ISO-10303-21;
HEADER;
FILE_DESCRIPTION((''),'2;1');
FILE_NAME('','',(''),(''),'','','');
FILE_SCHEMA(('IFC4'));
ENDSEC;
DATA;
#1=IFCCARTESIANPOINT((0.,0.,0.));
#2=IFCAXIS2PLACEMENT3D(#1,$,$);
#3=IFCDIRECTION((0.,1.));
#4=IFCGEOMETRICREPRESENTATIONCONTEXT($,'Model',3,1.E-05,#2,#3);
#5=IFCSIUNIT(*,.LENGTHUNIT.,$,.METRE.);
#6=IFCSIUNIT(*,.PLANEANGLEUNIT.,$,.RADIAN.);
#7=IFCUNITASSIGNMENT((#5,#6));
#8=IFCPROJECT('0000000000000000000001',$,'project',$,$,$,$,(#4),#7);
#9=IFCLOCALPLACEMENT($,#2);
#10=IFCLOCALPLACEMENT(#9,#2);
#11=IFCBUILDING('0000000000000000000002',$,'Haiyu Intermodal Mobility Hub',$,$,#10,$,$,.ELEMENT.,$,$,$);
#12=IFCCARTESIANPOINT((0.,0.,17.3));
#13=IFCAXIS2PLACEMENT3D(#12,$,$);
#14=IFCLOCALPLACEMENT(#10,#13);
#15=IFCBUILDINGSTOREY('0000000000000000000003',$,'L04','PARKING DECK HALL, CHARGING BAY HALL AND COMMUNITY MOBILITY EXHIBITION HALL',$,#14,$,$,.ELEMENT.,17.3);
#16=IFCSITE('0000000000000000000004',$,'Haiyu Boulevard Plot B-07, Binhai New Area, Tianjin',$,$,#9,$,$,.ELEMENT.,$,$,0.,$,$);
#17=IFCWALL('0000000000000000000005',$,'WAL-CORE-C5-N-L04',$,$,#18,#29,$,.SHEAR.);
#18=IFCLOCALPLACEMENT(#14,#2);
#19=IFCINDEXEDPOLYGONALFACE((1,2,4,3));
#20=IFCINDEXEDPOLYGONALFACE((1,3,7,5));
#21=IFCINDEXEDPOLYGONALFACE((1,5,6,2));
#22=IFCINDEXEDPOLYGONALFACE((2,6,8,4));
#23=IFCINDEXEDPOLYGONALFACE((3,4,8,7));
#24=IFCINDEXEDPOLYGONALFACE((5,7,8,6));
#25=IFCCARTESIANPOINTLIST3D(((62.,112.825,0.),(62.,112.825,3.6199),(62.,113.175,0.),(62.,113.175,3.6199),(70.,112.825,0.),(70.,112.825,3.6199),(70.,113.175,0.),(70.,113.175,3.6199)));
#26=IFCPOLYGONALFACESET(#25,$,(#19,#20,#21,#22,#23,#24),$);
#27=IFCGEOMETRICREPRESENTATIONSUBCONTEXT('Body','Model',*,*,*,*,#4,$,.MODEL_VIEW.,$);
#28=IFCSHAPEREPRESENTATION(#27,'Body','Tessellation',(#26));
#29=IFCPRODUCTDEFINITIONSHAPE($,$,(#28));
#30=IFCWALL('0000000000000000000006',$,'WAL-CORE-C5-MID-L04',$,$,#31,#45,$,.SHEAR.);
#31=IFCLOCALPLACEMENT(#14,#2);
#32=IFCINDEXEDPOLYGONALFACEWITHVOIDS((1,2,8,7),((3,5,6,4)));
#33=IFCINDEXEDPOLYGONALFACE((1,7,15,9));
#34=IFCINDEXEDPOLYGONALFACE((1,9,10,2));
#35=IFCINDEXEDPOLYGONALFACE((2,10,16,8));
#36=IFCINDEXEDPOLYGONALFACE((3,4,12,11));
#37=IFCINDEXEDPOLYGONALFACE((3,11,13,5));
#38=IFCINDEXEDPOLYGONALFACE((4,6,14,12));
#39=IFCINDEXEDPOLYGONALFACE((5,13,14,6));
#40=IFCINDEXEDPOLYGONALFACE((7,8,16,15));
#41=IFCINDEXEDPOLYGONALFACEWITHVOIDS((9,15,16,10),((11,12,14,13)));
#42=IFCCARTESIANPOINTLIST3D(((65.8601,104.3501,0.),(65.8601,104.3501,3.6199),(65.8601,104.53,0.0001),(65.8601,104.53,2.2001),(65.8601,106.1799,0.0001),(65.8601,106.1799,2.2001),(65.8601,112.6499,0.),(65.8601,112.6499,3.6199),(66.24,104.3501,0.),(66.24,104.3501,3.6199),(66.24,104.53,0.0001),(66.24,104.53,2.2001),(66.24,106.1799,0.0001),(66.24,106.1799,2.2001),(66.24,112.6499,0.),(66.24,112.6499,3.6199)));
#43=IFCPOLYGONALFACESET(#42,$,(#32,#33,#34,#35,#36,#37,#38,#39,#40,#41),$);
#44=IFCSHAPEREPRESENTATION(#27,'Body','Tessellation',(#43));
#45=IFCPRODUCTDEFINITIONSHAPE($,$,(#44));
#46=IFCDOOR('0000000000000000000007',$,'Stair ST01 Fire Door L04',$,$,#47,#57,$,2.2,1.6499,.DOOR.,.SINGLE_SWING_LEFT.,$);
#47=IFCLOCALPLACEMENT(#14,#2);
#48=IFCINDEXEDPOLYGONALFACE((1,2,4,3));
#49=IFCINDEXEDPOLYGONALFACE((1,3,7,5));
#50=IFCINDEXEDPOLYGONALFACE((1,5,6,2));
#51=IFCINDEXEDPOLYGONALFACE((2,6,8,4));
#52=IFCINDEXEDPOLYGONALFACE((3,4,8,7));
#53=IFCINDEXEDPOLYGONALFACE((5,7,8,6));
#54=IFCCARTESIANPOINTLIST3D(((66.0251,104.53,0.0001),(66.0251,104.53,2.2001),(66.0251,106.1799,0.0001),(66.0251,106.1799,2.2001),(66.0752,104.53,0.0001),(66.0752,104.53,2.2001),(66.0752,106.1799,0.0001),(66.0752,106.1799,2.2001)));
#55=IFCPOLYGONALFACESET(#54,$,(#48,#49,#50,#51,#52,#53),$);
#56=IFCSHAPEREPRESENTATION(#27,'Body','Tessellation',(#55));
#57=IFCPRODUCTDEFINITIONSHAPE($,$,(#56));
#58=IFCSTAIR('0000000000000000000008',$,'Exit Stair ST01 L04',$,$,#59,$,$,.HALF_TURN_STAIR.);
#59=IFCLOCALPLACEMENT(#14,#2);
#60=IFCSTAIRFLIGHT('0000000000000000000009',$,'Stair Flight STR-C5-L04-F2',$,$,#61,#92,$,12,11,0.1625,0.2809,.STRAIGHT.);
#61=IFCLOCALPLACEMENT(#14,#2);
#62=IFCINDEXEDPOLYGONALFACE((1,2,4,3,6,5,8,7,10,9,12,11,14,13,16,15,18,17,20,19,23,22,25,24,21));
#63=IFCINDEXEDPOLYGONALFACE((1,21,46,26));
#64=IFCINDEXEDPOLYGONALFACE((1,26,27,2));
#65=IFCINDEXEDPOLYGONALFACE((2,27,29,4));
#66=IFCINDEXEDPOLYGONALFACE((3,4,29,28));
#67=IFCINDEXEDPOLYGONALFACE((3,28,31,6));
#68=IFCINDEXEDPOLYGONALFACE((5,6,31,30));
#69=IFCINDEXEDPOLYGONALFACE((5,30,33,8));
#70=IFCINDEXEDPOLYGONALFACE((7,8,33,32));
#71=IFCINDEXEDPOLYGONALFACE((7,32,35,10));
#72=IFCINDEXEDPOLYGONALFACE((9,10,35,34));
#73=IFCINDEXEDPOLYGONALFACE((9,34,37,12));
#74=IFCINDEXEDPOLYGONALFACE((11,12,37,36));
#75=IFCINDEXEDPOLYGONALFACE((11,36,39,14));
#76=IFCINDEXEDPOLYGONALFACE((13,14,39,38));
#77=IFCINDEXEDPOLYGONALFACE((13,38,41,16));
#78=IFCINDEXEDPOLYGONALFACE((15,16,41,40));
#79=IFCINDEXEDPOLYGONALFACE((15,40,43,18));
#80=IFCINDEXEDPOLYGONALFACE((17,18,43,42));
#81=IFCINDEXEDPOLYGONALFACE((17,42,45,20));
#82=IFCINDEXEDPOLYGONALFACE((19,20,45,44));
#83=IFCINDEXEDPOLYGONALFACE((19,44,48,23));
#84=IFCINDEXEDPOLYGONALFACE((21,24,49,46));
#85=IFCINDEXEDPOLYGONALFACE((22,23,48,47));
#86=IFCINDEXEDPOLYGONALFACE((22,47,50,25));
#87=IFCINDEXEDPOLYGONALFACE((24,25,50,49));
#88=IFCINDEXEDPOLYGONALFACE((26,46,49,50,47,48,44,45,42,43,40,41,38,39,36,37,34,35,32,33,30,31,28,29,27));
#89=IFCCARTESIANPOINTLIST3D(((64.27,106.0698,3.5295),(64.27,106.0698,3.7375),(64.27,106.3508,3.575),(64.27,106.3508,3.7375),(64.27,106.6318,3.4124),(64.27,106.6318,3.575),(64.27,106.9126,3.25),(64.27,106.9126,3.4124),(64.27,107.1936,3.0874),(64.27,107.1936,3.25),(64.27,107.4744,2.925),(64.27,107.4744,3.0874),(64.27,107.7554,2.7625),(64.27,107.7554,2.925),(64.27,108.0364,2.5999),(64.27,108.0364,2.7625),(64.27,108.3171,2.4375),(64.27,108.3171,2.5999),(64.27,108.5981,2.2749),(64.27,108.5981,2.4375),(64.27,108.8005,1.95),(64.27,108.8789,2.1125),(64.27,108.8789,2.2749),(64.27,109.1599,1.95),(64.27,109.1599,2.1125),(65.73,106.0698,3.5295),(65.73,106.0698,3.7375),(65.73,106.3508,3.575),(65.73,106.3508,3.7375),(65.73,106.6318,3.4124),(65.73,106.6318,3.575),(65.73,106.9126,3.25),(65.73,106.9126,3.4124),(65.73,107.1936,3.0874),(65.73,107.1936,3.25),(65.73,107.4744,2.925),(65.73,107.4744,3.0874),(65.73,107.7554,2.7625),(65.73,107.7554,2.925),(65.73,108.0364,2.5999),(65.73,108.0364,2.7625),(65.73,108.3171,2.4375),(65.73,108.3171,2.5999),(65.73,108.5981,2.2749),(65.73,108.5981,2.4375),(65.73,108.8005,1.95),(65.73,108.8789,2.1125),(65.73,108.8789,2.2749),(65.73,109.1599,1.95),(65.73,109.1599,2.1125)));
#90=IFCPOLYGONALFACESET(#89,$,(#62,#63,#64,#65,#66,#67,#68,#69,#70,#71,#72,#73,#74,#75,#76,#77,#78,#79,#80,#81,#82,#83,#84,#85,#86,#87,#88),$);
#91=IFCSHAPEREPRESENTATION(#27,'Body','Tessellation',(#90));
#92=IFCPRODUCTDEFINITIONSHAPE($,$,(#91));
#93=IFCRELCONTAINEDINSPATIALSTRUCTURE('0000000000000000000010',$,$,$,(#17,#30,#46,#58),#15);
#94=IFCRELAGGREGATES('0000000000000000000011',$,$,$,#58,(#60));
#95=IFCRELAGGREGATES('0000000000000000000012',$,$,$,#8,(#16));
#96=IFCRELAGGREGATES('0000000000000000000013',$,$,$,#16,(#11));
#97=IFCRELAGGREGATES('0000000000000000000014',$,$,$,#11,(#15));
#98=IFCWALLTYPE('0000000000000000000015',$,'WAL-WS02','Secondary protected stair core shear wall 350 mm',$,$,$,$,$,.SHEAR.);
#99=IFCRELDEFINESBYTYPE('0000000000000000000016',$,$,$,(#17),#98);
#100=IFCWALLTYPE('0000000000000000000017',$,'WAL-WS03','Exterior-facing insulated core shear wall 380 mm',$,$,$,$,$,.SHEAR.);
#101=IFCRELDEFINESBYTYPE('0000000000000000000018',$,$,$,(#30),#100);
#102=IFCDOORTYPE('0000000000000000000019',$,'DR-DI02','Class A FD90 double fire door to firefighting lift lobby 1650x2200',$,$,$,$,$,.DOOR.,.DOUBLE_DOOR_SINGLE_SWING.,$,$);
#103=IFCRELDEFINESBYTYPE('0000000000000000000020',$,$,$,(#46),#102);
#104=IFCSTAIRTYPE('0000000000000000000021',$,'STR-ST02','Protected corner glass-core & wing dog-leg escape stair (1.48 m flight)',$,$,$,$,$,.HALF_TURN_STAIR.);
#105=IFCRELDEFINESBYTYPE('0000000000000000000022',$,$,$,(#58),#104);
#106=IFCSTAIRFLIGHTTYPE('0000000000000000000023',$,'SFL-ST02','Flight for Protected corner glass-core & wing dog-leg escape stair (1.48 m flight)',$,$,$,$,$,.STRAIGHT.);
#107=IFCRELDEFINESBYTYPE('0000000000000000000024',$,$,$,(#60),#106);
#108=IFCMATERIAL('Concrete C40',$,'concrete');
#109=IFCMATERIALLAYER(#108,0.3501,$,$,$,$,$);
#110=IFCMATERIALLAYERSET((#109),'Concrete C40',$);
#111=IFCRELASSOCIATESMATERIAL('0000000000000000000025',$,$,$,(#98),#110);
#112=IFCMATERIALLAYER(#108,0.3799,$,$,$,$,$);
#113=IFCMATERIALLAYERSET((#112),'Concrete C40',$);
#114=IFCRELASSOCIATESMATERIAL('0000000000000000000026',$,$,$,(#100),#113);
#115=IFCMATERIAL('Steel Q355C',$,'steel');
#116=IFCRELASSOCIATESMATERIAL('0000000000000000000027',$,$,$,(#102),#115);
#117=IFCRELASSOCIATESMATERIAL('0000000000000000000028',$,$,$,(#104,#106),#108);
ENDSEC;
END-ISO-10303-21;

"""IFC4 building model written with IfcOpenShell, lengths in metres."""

from ifc_helpers import new_model, si_unit, direction, frame, frame_2d, origin, place, context, subcontext, project, spatial, polyline, rectangle, outline, extrude, material, layer, layer_set, type_object, element, fill, aggregate, save


model = new_model("IFC4")

# Units and contexts
model_context = context("Model", 3, precision=1e-05, world=origin(), true_north=direction((0.0, 1.0)))
body_context = subcontext(model_context, "Body", "Model", "MODEL_VIEW")
ifc_project = project(units=[si_unit("LENGTHUNIT", "METRE"), si_unit("PLANEANGLEUNIT", "RADIAN")], contexts=[model_context])

# Site, building, storey
site_placement = place(None, origin())
site = spatial("IfcSite", under=ifc_project, at=site_placement, Name="Haiyu Boulevard Plot B-07, Binhai New Area, Tianjin", CompositionType="ELEMENT", RefElevation=0.0)
building_placement = place(site_placement, origin())
building = spatial("IfcBuilding", under=site, at=building_placement, Name="Haiyu Intermodal Mobility Hub", CompositionType="ELEMENT")
storey_placement = place(building_placement, frame((0.0, 0.0, 17.3)))
storey = spatial("IfcBuildingStorey", under=building, at=storey_placement, Name="L04", Description="PARKING DECK HALL, CHARGING BAY HALL AND COMMUNITY MOBILITY EXHIBITION HALL", CompositionType="ELEMENT", Elevation=17.3)

# Shared definitions
ifc_material_1 = material(Name="Concrete C40", Category="concrete")

# Shared definitions
ifc_material_2 = material(Name="Steel Q355C", Category="steel")

# Shared definitions
ifc_layer_1 = layer(ifc_material_1, 0.3501)
ifc_layer_set_1 = layer_set([ifc_layer_1], Name="Concrete C40")
wall_type_1 = type_object("IfcWallType", Name="WAL-WS02", Description="Secondary protected stair core shear wall 350 mm", PredefinedType="SHEAR", material=ifc_layer_set_1)

# Wall
wall_1_placement = place(storey_placement, frame((70.0, 113.0, 0.0), z_axis=(0.0, 0.0, 1.0), x_axis=(-1.0, 0.0, 0.0)))
element("IfcWall", 1, at=wall_1_placement, inside=storey, type_object=wall_type_1, Name="WAL-CORE-C5-N-L04", PredefinedType="SHEAR", context=body_context, shape_type="SweptSolid", body=[
    extrude(rectangle(XDim=8.0, YDim=0.3501, at=frame_2d((4.0, 0.0))), origin(), (0.0, 0.0, 1.0), 3.6199),
])

# Wall, opening, door
ifc_layer_2 = layer(ifc_material_1, 0.3799)
ifc_layer_set_2 = layer_set([ifc_layer_2], Name="Concrete C40")
wall_type_2 = type_object("IfcWallType", Name="WAL-WS03", Description="Exterior-facing insulated core shear wall 380 mm", PredefinedType="SHEAR", material=ifc_layer_set_2)
wall_2_placement = place(storey_placement, frame((66.05, 104.3501, 0.0), z_axis=(0.0, 0.0, 1.0), x_axis=(0.0, 1.0, 0.0)))
wall_2 = element("IfcWall", 2, at=wall_2_placement, inside=storey, type_object=wall_type_2, Name="WAL-CORE-C5-MID-L04", PredefinedType="SHEAR", context=body_context, shape_type="SweptSolid", body=[
    extrude(rectangle(XDim=8.2998, YDim=0.3799, at=frame_2d((4.1499, 0.0))), origin(), (0.0, 0.0, 1.0), 3.6199),
])
opening_1_placement = place(wall_2_placement, frame((0.1799, 0.0, 0.0)))
opening_1 = element("IfcOpeningElement", 3, at=opening_1_placement, cuts=wall_2, PredefinedType="OPENING", context=body_context, shape_type="SweptSolid", body=[
    extrude(rectangle(XDim=1.6499, YDim=2.2, at=frame_2d((0.825, 1.1001))), frame((0.0, 0.2, 0.0), z_axis=(0.0, -1.0, 0.0), x_axis=(1.0, 0.0, 0.0)), (0.0, 0.0, 1.0), 0.3999),
])
door_type_1 = type_object("IfcDoorType", Name="DR-DI02", Description="Class A FD90 double fire door to firefighting lift lobby 1650x2200", OperationType="DOUBLE_DOOR_SINGLE_SWING", PredefinedType="DOOR", material=ifc_material_2)
door_1_placement = place(opening_1_placement, origin())
door_1 = element("IfcDoor", 4, at=door_1_placement, inside=storey, type_object=door_type_1, Name="Stair ST01 Fire Door L04", OperationType="SINGLE_SWING_LEFT", OverallHeight=2.2, OverallWidth=1.6499, PredefinedType="DOOR", context=body_context, shape_type="SweptSolid", body=[
    extrude(rectangle(XDim=1.6499, YDim=2.2, at=frame_2d((0.825, 1.1001))), frame((0.0, 0.0249, 0.0), z_axis=(0.0, -1.0, 0.0), x_axis=(1.0, 0.0, 0.0)), (0.0, 0.0, 1.0), 0.05),
])
fill(opening_1, door_1)

# Stair, stair flight
stair_type = type_object("IfcStairType", Name="STR-ST02", Description="Protected corner glass-core & wing dog-leg escape stair (1.48 m flight)", PredefinedType="HALF_TURN_STAIR", material=ifc_material_1)
stair_placement = place(storey_placement, origin())
stair = element("IfcStair", 5, at=stair_placement, inside=storey, type_object=stair_type, Name="Exit Stair ST01 L04", PredefinedType="HALF_TURN_STAIR")
stair_flight_type = type_object("IfcStairFlightType", Name="SFL-ST02", Description="Flight for Protected corner glass-core & wing dog-leg escape stair (1.48 m flight)", PredefinedType="STRAIGHT", material=ifc_material_1)
stair_flight_placement = place(storey_placement, frame((65.0, 109.1599, 1.95), z_axis=(0.0, 0.0, 1.0), x_axis=(0.0, -1.0, 0.0)))
stair_flight = element("IfcStairFlight", 6, at=stair_flight_placement, type_object=stair_flight_type, Name="Stair Flight STR-C5-L04-F2", NumberOfRisers=12, NumberOfTreads=11, PredefinedType="STRAIGHT", RiserHeight=0.1625, TreadLength=0.2809, context=body_context, shape_type="SweptSolid", body=[
    extrude(outline(polyline([(0.0, 0.0), (0.0, 0.1626), (0.281, 0.1626), (0.281, 0.325), (0.5618, 0.325), (0.5618, 0.4875), (0.8428, 0.4875), (0.8428, 0.6499), (1.1235, 0.6499), (1.1235, 0.8125), (1.4045, 0.8125), (1.4045, 0.9751), (1.6855, 0.9751), (1.6855, 1.1375), (1.9663, 1.1375), (1.9663, 1.3), (2.2473, 1.3), (2.2473, 1.4624), (2.5281, 1.4624), (2.5281, 1.625), (2.8091, 1.625), (2.8091, 1.7876), (3.0901, 1.7876), (3.0901, 1.95), (3.0901, 1.5796), (0.3594, 0.0), (0.0, 0.0)])), frame((0.0, 0.73, 0.0), z_axis=(0.0, -1.0, 0.0), x_axis=(1.0, 0.0, 0.0)), (0.0, 0.0, 1.0), 1.46),
])
aggregate(stair, [stair_flight])

save(model, "model.ifc")
